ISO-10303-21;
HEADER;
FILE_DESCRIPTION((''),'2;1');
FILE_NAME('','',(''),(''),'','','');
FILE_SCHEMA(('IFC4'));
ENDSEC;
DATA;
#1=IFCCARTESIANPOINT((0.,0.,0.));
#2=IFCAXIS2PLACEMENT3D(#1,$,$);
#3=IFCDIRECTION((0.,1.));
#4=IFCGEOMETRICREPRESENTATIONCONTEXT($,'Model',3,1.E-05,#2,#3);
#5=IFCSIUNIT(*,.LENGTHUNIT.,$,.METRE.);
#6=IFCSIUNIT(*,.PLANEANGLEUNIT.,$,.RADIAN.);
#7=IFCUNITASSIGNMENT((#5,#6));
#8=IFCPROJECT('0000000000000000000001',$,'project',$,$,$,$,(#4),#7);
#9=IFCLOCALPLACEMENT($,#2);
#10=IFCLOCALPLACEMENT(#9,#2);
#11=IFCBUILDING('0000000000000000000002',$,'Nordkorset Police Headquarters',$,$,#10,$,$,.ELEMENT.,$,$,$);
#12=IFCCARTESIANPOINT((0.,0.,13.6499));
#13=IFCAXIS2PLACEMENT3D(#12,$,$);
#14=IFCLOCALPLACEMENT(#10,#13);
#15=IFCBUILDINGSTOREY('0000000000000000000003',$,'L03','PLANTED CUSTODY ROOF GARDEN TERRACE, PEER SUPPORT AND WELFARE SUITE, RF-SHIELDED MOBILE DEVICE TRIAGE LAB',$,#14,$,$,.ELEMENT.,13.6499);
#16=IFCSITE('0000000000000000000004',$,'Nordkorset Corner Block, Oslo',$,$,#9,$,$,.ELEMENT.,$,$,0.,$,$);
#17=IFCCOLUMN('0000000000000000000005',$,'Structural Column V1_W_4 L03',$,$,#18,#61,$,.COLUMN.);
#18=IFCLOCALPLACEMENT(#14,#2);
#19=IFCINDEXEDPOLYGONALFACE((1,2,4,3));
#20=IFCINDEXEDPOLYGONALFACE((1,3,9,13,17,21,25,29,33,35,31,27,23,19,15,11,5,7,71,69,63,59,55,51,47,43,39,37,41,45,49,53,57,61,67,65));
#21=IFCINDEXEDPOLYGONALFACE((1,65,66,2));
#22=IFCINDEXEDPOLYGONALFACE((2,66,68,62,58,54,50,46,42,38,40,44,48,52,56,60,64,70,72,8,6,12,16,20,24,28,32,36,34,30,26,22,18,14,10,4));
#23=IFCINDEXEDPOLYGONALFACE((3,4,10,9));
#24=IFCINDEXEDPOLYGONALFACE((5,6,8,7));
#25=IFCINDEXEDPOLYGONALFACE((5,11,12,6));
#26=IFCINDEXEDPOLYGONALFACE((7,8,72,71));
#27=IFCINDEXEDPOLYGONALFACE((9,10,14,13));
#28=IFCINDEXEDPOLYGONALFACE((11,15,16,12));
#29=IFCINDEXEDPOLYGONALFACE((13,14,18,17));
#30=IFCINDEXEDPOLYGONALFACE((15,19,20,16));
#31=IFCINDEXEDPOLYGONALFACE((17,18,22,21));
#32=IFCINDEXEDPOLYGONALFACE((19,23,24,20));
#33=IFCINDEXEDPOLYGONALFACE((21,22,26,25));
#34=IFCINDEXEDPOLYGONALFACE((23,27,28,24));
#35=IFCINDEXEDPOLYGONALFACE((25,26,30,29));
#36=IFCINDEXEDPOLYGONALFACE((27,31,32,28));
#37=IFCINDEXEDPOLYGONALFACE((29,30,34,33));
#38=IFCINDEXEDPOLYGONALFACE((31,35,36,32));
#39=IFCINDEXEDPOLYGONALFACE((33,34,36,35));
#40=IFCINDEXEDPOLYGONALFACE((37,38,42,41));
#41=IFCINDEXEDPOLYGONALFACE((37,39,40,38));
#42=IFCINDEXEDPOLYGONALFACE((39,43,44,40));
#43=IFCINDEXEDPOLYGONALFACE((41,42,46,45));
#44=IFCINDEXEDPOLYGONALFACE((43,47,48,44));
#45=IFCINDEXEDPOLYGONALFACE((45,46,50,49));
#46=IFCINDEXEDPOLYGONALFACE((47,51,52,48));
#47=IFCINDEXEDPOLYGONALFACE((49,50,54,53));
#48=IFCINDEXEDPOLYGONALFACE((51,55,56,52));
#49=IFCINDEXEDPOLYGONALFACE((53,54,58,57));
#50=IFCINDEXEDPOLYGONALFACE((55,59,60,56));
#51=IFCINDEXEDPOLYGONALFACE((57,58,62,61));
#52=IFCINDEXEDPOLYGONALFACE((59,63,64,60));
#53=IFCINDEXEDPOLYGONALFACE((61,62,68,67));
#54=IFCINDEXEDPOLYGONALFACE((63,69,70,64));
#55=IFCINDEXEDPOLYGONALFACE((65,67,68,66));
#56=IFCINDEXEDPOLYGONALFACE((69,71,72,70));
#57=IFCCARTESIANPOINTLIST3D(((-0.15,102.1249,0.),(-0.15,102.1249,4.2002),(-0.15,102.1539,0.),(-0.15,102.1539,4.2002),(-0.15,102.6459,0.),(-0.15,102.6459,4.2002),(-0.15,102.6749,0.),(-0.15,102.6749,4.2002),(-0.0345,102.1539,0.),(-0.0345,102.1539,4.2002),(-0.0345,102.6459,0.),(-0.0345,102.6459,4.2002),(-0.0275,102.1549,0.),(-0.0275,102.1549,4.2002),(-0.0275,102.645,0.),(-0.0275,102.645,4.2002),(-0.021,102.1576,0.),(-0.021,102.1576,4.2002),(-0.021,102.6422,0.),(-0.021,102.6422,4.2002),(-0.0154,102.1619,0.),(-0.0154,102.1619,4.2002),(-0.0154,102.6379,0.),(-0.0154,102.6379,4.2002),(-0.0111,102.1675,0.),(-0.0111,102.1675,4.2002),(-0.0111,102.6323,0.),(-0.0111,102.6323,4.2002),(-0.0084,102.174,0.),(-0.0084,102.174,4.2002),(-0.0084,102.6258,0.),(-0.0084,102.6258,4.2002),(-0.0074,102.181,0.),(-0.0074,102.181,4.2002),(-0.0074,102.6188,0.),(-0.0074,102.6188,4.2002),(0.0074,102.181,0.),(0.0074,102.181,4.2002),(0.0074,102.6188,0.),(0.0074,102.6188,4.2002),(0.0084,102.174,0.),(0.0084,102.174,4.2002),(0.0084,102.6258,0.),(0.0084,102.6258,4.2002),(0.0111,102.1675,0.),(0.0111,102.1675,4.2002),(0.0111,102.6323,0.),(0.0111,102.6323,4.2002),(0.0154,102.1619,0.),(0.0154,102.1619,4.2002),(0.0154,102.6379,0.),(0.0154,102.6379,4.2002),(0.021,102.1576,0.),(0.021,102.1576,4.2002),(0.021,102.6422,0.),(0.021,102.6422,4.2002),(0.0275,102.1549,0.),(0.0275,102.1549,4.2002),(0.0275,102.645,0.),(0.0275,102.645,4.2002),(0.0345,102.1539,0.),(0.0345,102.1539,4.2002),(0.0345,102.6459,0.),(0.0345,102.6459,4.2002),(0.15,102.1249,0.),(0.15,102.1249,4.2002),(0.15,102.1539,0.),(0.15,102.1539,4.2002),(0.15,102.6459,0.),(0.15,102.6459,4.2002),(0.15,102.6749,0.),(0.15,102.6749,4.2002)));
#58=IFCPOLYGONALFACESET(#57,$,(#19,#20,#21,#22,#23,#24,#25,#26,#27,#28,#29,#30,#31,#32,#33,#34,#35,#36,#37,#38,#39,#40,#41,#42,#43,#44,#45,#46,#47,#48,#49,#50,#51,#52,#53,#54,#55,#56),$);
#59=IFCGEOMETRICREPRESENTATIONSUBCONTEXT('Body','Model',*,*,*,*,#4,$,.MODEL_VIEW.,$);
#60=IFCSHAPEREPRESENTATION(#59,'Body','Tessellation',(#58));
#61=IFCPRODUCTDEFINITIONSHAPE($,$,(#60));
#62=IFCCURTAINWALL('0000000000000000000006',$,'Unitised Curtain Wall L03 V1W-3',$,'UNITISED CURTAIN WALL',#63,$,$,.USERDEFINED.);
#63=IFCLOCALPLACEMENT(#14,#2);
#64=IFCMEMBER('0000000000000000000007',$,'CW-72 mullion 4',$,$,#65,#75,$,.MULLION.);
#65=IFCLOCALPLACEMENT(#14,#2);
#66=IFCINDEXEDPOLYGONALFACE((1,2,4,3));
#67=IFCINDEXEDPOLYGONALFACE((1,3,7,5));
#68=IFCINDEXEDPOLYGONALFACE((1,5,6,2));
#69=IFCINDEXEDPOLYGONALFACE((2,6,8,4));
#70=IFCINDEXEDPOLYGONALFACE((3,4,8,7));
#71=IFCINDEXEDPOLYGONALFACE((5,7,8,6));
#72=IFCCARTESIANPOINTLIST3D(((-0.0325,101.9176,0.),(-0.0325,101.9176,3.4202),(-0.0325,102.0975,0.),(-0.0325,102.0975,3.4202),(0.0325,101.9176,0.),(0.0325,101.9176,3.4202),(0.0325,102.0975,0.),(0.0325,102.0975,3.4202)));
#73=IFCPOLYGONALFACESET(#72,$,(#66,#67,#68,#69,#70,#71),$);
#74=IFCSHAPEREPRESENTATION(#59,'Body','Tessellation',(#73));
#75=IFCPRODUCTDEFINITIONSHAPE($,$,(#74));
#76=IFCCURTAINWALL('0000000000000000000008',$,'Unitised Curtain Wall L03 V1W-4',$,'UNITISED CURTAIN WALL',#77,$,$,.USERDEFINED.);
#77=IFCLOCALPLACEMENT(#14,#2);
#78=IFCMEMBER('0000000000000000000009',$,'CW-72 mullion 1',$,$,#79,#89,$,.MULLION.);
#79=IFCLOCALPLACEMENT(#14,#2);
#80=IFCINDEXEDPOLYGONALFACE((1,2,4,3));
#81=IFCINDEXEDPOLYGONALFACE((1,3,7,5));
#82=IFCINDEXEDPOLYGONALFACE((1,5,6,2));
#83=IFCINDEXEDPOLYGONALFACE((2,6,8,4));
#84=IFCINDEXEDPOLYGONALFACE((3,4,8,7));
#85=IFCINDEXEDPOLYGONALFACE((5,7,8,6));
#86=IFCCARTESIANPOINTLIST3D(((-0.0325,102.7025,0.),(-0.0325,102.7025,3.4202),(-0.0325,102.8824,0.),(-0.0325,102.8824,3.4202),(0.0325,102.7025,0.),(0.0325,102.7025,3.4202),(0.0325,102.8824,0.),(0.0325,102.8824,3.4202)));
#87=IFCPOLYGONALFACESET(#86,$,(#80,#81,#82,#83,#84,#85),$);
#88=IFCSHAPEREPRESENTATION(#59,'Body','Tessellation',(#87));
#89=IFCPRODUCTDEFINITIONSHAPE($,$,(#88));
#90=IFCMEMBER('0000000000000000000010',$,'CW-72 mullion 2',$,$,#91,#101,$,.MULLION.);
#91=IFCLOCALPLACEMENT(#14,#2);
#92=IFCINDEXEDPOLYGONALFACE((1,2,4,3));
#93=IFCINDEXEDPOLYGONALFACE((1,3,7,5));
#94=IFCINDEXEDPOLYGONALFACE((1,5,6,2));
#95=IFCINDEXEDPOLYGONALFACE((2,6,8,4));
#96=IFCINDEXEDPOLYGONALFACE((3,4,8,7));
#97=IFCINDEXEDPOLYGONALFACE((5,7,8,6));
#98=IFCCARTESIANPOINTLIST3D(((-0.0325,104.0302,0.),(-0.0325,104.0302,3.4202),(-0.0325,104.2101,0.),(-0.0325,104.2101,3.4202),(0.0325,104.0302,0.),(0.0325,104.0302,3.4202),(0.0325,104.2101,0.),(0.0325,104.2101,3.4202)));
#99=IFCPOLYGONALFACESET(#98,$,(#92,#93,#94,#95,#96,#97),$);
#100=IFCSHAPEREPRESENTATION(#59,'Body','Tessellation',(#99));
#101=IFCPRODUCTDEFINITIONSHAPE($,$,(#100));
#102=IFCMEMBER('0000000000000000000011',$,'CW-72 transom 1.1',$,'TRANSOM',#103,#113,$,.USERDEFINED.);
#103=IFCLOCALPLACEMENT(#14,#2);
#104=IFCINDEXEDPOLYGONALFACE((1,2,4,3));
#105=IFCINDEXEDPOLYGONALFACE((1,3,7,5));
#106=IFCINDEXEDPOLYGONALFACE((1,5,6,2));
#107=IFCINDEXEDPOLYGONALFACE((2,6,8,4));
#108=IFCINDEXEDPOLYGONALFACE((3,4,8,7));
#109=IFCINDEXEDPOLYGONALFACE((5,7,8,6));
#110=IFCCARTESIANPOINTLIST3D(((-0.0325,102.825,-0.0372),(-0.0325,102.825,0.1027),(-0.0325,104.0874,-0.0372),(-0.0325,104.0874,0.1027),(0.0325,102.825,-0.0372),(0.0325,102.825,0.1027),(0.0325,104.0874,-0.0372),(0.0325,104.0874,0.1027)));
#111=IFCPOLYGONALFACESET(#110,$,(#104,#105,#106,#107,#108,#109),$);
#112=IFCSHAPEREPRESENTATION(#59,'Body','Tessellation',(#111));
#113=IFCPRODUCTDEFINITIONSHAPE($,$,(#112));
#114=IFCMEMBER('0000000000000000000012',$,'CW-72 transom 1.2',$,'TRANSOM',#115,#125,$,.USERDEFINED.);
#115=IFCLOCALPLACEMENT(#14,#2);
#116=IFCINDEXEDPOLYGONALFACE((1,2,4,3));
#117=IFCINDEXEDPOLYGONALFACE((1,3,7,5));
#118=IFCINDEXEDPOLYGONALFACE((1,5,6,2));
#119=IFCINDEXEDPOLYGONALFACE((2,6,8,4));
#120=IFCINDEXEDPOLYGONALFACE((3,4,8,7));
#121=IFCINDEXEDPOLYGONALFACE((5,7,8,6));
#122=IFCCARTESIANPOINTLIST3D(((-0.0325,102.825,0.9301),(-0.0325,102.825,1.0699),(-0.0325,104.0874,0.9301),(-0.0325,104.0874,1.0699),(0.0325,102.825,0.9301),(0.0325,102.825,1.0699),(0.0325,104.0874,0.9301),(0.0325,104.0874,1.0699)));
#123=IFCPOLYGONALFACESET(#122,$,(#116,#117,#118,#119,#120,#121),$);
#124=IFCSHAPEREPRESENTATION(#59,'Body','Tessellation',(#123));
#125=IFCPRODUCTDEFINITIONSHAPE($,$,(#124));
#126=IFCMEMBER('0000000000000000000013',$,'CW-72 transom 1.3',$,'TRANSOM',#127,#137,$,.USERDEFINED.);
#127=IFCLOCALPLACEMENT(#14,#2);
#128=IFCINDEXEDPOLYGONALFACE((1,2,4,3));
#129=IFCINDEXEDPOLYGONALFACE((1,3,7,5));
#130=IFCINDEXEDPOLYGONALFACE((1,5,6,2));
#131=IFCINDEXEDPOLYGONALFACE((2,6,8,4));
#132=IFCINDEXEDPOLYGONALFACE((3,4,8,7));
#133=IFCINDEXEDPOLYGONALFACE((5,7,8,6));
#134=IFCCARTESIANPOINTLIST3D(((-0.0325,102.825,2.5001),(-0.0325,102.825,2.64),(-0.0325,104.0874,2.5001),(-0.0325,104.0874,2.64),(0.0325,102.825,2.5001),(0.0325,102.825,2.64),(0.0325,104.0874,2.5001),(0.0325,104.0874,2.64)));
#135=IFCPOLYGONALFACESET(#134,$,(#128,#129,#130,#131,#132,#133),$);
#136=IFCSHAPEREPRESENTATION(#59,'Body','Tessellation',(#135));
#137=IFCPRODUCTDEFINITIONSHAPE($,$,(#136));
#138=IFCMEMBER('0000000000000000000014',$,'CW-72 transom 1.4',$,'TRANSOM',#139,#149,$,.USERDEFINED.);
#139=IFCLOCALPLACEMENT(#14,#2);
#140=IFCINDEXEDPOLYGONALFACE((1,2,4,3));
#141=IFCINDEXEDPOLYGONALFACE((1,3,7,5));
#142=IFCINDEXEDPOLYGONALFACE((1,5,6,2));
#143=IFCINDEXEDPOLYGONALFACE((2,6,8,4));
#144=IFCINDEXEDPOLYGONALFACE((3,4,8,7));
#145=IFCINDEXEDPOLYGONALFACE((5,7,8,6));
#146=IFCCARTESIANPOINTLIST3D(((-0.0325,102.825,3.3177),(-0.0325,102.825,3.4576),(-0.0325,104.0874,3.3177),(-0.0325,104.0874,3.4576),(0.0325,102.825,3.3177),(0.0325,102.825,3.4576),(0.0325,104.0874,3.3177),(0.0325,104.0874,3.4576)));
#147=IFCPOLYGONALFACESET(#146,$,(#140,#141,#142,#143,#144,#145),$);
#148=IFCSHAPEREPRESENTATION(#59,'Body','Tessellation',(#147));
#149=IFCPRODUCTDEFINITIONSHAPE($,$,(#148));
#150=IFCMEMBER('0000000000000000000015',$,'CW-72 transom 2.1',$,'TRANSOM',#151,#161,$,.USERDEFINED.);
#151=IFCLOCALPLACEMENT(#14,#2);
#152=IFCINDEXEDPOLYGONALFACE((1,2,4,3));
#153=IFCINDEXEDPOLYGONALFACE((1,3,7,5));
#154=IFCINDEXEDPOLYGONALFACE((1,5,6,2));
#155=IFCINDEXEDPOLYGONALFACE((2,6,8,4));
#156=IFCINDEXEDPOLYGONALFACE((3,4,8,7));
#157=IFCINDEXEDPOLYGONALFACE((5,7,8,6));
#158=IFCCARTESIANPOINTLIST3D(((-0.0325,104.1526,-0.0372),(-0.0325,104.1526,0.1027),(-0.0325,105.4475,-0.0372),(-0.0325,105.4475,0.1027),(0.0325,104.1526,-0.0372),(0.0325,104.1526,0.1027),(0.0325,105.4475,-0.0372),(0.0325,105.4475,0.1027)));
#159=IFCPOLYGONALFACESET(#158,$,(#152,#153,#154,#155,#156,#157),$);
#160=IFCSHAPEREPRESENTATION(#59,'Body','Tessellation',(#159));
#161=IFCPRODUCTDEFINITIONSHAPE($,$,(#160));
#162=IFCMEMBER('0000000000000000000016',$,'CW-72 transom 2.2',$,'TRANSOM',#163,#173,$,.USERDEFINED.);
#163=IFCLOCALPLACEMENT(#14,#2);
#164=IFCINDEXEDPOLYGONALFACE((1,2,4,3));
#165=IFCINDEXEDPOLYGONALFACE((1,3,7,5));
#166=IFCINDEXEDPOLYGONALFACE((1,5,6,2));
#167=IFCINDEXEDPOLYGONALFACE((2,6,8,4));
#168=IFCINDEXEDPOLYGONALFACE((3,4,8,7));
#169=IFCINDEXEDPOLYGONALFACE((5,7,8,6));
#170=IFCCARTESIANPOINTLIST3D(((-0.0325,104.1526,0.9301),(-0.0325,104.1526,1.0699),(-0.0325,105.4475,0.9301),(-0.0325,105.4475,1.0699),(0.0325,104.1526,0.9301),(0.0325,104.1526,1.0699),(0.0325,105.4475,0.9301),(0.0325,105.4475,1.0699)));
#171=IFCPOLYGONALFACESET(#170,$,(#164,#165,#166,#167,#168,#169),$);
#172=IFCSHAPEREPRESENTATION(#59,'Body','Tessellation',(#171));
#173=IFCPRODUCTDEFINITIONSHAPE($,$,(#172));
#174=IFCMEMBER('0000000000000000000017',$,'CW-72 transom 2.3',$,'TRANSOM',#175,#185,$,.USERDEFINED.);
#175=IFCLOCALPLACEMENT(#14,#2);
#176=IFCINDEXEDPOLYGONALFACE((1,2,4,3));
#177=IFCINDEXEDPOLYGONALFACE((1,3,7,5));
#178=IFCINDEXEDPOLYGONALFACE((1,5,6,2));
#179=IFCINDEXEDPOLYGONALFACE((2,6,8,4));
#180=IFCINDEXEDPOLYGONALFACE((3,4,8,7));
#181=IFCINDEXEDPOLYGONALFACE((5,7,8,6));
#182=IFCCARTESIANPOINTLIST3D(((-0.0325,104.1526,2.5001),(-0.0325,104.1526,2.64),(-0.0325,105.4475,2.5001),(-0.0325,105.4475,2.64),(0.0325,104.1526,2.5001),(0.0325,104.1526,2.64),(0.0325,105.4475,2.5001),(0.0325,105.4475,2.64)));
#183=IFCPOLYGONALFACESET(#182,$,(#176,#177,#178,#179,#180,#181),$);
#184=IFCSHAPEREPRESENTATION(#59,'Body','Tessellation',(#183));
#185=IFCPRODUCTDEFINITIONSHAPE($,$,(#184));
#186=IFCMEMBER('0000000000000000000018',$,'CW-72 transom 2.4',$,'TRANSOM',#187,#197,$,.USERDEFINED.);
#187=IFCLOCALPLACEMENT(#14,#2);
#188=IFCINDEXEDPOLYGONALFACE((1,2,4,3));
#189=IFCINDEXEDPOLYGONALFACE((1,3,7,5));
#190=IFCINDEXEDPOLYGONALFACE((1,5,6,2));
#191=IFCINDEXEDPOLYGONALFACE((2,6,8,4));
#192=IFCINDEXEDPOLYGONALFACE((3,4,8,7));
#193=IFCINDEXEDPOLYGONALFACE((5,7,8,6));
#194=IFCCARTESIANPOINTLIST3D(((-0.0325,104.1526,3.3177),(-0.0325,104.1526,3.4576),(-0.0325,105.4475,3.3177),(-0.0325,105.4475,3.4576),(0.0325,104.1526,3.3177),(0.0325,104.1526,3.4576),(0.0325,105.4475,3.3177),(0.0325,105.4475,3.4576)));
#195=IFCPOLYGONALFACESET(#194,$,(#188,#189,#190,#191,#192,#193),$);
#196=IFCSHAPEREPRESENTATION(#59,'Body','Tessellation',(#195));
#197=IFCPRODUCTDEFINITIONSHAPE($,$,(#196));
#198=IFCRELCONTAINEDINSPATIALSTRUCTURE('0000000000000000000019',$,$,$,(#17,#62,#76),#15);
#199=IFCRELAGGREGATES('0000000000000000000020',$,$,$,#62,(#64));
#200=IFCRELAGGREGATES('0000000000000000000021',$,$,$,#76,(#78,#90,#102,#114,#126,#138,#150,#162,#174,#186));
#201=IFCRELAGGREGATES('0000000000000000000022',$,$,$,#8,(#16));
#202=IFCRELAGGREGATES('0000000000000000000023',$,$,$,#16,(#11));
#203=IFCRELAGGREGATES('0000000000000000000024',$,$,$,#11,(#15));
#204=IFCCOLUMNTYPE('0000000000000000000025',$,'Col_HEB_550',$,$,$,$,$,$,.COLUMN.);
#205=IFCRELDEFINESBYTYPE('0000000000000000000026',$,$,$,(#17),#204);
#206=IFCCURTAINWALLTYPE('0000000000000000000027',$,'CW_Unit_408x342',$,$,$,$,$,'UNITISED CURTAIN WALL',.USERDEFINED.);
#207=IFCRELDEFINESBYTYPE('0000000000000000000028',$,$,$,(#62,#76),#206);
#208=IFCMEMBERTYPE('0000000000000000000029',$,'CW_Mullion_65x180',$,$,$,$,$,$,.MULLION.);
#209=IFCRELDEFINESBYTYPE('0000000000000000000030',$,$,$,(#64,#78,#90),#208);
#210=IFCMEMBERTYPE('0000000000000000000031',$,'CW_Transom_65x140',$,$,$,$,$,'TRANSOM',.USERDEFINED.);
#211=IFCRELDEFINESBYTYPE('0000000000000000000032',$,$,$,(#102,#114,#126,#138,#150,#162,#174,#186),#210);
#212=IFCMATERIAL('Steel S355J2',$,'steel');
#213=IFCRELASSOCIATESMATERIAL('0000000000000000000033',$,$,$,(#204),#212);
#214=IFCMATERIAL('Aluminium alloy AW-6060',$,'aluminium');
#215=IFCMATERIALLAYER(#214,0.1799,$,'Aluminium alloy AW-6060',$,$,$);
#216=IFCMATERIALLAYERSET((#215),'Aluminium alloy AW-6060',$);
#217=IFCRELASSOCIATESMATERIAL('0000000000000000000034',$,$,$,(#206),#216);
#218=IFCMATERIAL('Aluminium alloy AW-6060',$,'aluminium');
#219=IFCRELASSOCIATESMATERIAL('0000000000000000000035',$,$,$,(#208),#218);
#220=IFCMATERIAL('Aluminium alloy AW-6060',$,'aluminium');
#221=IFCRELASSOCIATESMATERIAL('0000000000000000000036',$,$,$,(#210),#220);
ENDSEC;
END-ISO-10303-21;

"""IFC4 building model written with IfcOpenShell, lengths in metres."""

from ifc_helpers import new_model, si_unit, direction, frame, origin, origin_2d, place, context, subcontext, project, spatial, rectangle, i_section, extrude, material, layer, layer_set, material_profile, profile_set, type_object, element, aggregate, save


model = new_model("IFC4")

# Units and contexts
model_context = context("Model", 3, precision=1e-05, world=origin(), true_north=direction((0.0, 1.0)))
body_context = subcontext(model_context, "Body", "Model", "MODEL_VIEW")
ifc_project = project(units=[si_unit("LENGTHUNIT", "METRE"), si_unit("PLANEANGLEUNIT", "RADIAN")], contexts=[model_context])

# Site, building, storey
site_placement = place(None, origin())
site = spatial("IfcSite", under=ifc_project, at=site_placement, Name="Nordkorset Corner Block, Oslo", CompositionType="ELEMENT", RefElevation=0.0)
building_placement = place(site_placement, origin())
building = spatial("IfcBuilding", under=site, at=building_placement, Name="Nordkorset Police Headquarters", CompositionType="ELEMENT")
storey_placement = place(building_placement, frame((0.0, 0.0, 13.6499)))
storey = spatial("IfcBuildingStorey", under=building, at=storey_placement, Name="L03", Description="PLANTED CUSTODY ROOF GARDEN TERRACE, PEER SUPPORT AND WELFARE SUITE, RF-SHIELDED MOBILE DEVICE TRIAGE LAB", CompositionType="ELEMENT", Elevation=13.6499)

# Column
ifc_material_1 = material(Name="Steel S355J2", Category="steel")
ifc_material_profile_1 = material_profile(ifc_material_1, i_section(OverallWidth=0.3, OverallDepth=0.55, WebThickness=0.0149, FlangeThickness=0.0291, FilletRadius=0.0271, at=origin_2d()), Name="HEB 550")
ifc_profile_set_1 = profile_set([ifc_material_profile_1], Name="Steel S355J2")
column_type = type_object("IfcColumnType", Name="Col_HEB_550", PredefinedType="COLUMN", material=ifc_profile_set_1)
column_placement = place(storey_placement, frame((0.0, 102.3999, 0.0), z_axis=(0.0, 0.0, 1.0), x_axis=(1.0, 0.0, 0.0)))
element("IfcColumn", 1, at=column_placement, inside=storey, type_object=column_type, Name="Structural Column V1_W_4 L03", PredefinedType="COLUMN", context=body_context, shape_type="SweptSolid", body=[
    extrude(i_section(OverallWidth=0.3, OverallDepth=0.55, WebThickness=0.0149, FlangeThickness=0.0291, FilletRadius=0.0271, at=origin_2d()), origin(), (0.0, 0.0, 1.0), 4.2002),
])

# Curtain wall, member
ifc_material_2 = material(Name="Aluminium alloy AW-6060", Category="aluminium")
ifc_layer_1 = layer(ifc_material_2, 0.1799, Name="Aluminium alloy AW-6060")
ifc_layer_set_1 = layer_set([ifc_layer_1], Name="Aluminium alloy AW-6060")
curtain_wall_type = type_object("IfcCurtainWallType", Name="CW_Unit_408x342", ElementType="UNITISED CURTAIN WALL", PredefinedType="USERDEFINED", material=ifc_layer_set_1)
curtain_wall_1_placement = place(storey_placement, origin())
curtain_wall_1 = element("IfcCurtainWall", 2, at=curtain_wall_1_placement, inside=storey, type_object=curtain_wall_type, Name="Unitised Curtain Wall L03 V1W-3", ObjectType="UNITISED CURTAIN WALL", PredefinedType="USERDEFINED")
ifc_material_3 = material(Name="Aluminium alloy AW-6060", Category="aluminium")
ifc_material_profile_2 = material_profile(ifc_material_3, rectangle(XDim=0.0649, YDim=0.1799, at=origin_2d()), Name="ALU MULL 65x180")
ifc_profile_set_2 = profile_set([ifc_material_profile_2], Name="Aluminium alloy AW-6060")
member_type_1 = type_object("IfcMemberType", Name="CW_Mullion_65x180", PredefinedType="MULLION", material=ifc_profile_set_2)
member_1_placement = place(storey_placement, frame((0.0, 102.0076, 0.0), z_axis=(0.0, 0.0, 1.0), x_axis=(-1.0, 0.0, 0.0)))
member_1 = element("IfcMember", 3, at=member_1_placement, type_object=member_type_1, Name="CW-72 mullion 4", PredefinedType="MULLION", context=body_context, shape_type="SweptSolid", body=[
    extrude(rectangle(XDim=0.0649, YDim=0.1799, at=origin_2d()), origin(), (0.0, 0.0, 1.0), 3.4202),
])
aggregate(curtain_wall_1, [member_1])

# Curtain wall, members
curtain_wall_2_placement = place(storey_placement, origin())
curtain_wall_2 = element("IfcCurtainWall", 4, at=curtain_wall_2_placement, inside=storey, type_object=curtain_wall_type, Name="Unitised Curtain Wall L03 V1W-4", ObjectType="UNITISED CURTAIN WALL", PredefinedType="USERDEFINED")
member_2_placement = place(storey_placement, frame((0.0, 102.7925, 0.0), z_axis=(0.0, 0.0, 1.0), x_axis=(-1.0, 0.0, 0.0)))
member_2 = element("IfcMember", 5, at=member_2_placement, type_object=member_type_1, Name="CW-72 mullion 1", PredefinedType="MULLION", context=body_context, shape_type="SweptSolid", body=[
    extrude(rectangle(XDim=0.0649, YDim=0.1799, at=origin_2d()), origin(), (0.0, 0.0, 1.0), 3.4202),
])
member_3_placement = place(storey_placement, frame((0.0, 104.1201, 0.0), z_axis=(0.0, 0.0, 1.0), x_axis=(-1.0, 0.0, 0.0)))
member_3 = element("IfcMember", 6, at=member_3_placement, type_object=member_type_1, Name="CW-72 mullion 2", PredefinedType="MULLION", context=body_context, shape_type="SweptSolid", body=[
    extrude(rectangle(XDim=0.0649, YDim=0.1799, at=origin_2d()), origin(), (0.0, 0.0, 1.0), 3.4202),
])
ifc_material_4 = material(Name="Aluminium alloy AW-6060", Category="aluminium")
ifc_material_profile_3 = material_profile(ifc_material_4, rectangle(XDim=0.0649, YDim=0.1399, at=origin_2d()), Name="ALU TRAN 65x140")
ifc_profile_set_3 = profile_set([ifc_material_profile_3], Name="Aluminium alloy AW-6060")
member_type_2 = type_object("IfcMemberType", Name="CW_Transom_65x140", ElementType="TRANSOM", PredefinedType="USERDEFINED", material=ifc_profile_set_3)
member_4_placement = place(storey_placement, frame((0.0, 102.825, 0.0327), z_axis=(0.0, 1.0, 0.0), x_axis=(-1.0, 0.0, 0.0)))
member_4 = element("IfcMember", 7, at=member_4_placement, type_object=member_type_2, Name="CW-72 transom 1.1", ObjectType="TRANSOM", PredefinedType="USERDEFINED", context=body_context, shape_type="SweptSolid", body=[
    extrude(rectangle(XDim=0.0649, YDim=0.1399, at=origin_2d()), origin(), (0.0, 0.0, 1.0), 1.2625),
])
member_5_placement = place(storey_placement, frame((0.0, 102.825, 1.0), z_axis=(0.0, 1.0, 0.0), x_axis=(-1.0, 0.0, 0.0)))
member_5 = element("IfcMember", 8, at=member_5_placement, type_object=member_type_2, Name="CW-72 transom 1.2", ObjectType="TRANSOM", PredefinedType="USERDEFINED", context=body_context, shape_type="SweptSolid", body=[
    extrude(rectangle(XDim=0.0649, YDim=0.1399, at=origin_2d()), origin(), (0.0, 0.0, 1.0), 1.2625),
])
member_6_placement = place(storey_placement, frame((0.0, 102.825, 2.5701), z_axis=(0.0, 1.0, 0.0), x_axis=(-1.0, 0.0, 0.0)))
member_6 = element("IfcMember", 9, at=member_6_placement, type_object=member_type_2, Name="CW-72 transom 1.3", ObjectType="TRANSOM", PredefinedType="USERDEFINED", context=body_context, shape_type="SweptSolid", body=[
    extrude(rectangle(XDim=0.0649, YDim=0.1399, at=origin_2d()), origin(), (0.0, 0.0, 1.0), 1.2625),
])
member_7_placement = place(storey_placement, frame((0.0, 102.825, 3.3877), z_axis=(0.0, 1.0, 0.0), x_axis=(-1.0, 0.0, 0.0)))
member_7 = element("IfcMember", 10, at=member_7_placement, type_object=member_type_2, Name="CW-72 transom 1.4", ObjectType="TRANSOM", PredefinedType="USERDEFINED", context=body_context, shape_type="SweptSolid", body=[
    extrude(rectangle(XDim=0.0649, YDim=0.1399, at=origin_2d()), origin(), (0.0, 0.0, 1.0), 1.2625),
])
member_8_placement = place(storey_placement, frame((0.0, 104.1526, 0.0327), z_axis=(0.0, 1.0, 0.0), x_axis=(-1.0, 0.0, 0.0)))
member_8 = element("IfcMember", 11, at=member_8_placement, type_object=member_type_2, Name="CW-72 transom 2.1", ObjectType="TRANSOM", PredefinedType="USERDEFINED", context=body_context, shape_type="SweptSolid", body=[
    extrude(rectangle(XDim=0.0649, YDim=0.1399, at=origin_2d()), origin(), (0.0, 0.0, 1.0), 1.2949),
])
member_9_placement = place(storey_placement, frame((0.0, 104.1526, 1.0), z_axis=(0.0, 1.0, 0.0), x_axis=(-1.0, 0.0, 0.0)))
member_9 = element("IfcMember", 12, at=member_9_placement, type_object=member_type_2, Name="CW-72 transom 2.2", ObjectType="TRANSOM", PredefinedType="USERDEFINED", context=body_context, shape_type="SweptSolid", body=[
    extrude(rectangle(XDim=0.0649, YDim=0.1399, at=origin_2d()), origin(), (0.0, 0.0, 1.0), 1.2949),
])
member_10_placement = place(storey_placement, frame((0.0, 104.1526, 2.5701), z_axis=(0.0, 1.0, 0.0), x_axis=(-1.0, 0.0, 0.0)))
member_10 = element("IfcMember", 13, at=member_10_placement, type_object=member_type_2, Name="CW-72 transom 2.3", ObjectType="TRANSOM", PredefinedType="USERDEFINED", context=body_context, shape_type="SweptSolid", body=[
    extrude(rectangle(XDim=0.0649, YDim=0.1399, at=origin_2d()), origin(), (0.0, 0.0, 1.0), 1.2949),
])
member_11_placement = place(storey_placement, frame((0.0, 104.1526, 3.3877), z_axis=(0.0, 1.0, 0.0), x_axis=(-1.0, 0.0, 0.0)))
member_11 = element("IfcMember", 14, at=member_11_placement, type_object=member_type_2, Name="CW-72 transom 2.4", ObjectType="TRANSOM", PredefinedType="USERDEFINED", context=body_context, shape_type="SweptSolid", body=[
    extrude(rectangle(XDim=0.0649, YDim=0.1399, at=origin_2d()), origin(), (0.0, 0.0, 1.0), 1.2949),
])

aggregate(curtain_wall_2, [member_2, member_3, member_4, member_5, member_6, member_7, member_8, member_9, member_10, member_11])

save(model, "model.ifc")
